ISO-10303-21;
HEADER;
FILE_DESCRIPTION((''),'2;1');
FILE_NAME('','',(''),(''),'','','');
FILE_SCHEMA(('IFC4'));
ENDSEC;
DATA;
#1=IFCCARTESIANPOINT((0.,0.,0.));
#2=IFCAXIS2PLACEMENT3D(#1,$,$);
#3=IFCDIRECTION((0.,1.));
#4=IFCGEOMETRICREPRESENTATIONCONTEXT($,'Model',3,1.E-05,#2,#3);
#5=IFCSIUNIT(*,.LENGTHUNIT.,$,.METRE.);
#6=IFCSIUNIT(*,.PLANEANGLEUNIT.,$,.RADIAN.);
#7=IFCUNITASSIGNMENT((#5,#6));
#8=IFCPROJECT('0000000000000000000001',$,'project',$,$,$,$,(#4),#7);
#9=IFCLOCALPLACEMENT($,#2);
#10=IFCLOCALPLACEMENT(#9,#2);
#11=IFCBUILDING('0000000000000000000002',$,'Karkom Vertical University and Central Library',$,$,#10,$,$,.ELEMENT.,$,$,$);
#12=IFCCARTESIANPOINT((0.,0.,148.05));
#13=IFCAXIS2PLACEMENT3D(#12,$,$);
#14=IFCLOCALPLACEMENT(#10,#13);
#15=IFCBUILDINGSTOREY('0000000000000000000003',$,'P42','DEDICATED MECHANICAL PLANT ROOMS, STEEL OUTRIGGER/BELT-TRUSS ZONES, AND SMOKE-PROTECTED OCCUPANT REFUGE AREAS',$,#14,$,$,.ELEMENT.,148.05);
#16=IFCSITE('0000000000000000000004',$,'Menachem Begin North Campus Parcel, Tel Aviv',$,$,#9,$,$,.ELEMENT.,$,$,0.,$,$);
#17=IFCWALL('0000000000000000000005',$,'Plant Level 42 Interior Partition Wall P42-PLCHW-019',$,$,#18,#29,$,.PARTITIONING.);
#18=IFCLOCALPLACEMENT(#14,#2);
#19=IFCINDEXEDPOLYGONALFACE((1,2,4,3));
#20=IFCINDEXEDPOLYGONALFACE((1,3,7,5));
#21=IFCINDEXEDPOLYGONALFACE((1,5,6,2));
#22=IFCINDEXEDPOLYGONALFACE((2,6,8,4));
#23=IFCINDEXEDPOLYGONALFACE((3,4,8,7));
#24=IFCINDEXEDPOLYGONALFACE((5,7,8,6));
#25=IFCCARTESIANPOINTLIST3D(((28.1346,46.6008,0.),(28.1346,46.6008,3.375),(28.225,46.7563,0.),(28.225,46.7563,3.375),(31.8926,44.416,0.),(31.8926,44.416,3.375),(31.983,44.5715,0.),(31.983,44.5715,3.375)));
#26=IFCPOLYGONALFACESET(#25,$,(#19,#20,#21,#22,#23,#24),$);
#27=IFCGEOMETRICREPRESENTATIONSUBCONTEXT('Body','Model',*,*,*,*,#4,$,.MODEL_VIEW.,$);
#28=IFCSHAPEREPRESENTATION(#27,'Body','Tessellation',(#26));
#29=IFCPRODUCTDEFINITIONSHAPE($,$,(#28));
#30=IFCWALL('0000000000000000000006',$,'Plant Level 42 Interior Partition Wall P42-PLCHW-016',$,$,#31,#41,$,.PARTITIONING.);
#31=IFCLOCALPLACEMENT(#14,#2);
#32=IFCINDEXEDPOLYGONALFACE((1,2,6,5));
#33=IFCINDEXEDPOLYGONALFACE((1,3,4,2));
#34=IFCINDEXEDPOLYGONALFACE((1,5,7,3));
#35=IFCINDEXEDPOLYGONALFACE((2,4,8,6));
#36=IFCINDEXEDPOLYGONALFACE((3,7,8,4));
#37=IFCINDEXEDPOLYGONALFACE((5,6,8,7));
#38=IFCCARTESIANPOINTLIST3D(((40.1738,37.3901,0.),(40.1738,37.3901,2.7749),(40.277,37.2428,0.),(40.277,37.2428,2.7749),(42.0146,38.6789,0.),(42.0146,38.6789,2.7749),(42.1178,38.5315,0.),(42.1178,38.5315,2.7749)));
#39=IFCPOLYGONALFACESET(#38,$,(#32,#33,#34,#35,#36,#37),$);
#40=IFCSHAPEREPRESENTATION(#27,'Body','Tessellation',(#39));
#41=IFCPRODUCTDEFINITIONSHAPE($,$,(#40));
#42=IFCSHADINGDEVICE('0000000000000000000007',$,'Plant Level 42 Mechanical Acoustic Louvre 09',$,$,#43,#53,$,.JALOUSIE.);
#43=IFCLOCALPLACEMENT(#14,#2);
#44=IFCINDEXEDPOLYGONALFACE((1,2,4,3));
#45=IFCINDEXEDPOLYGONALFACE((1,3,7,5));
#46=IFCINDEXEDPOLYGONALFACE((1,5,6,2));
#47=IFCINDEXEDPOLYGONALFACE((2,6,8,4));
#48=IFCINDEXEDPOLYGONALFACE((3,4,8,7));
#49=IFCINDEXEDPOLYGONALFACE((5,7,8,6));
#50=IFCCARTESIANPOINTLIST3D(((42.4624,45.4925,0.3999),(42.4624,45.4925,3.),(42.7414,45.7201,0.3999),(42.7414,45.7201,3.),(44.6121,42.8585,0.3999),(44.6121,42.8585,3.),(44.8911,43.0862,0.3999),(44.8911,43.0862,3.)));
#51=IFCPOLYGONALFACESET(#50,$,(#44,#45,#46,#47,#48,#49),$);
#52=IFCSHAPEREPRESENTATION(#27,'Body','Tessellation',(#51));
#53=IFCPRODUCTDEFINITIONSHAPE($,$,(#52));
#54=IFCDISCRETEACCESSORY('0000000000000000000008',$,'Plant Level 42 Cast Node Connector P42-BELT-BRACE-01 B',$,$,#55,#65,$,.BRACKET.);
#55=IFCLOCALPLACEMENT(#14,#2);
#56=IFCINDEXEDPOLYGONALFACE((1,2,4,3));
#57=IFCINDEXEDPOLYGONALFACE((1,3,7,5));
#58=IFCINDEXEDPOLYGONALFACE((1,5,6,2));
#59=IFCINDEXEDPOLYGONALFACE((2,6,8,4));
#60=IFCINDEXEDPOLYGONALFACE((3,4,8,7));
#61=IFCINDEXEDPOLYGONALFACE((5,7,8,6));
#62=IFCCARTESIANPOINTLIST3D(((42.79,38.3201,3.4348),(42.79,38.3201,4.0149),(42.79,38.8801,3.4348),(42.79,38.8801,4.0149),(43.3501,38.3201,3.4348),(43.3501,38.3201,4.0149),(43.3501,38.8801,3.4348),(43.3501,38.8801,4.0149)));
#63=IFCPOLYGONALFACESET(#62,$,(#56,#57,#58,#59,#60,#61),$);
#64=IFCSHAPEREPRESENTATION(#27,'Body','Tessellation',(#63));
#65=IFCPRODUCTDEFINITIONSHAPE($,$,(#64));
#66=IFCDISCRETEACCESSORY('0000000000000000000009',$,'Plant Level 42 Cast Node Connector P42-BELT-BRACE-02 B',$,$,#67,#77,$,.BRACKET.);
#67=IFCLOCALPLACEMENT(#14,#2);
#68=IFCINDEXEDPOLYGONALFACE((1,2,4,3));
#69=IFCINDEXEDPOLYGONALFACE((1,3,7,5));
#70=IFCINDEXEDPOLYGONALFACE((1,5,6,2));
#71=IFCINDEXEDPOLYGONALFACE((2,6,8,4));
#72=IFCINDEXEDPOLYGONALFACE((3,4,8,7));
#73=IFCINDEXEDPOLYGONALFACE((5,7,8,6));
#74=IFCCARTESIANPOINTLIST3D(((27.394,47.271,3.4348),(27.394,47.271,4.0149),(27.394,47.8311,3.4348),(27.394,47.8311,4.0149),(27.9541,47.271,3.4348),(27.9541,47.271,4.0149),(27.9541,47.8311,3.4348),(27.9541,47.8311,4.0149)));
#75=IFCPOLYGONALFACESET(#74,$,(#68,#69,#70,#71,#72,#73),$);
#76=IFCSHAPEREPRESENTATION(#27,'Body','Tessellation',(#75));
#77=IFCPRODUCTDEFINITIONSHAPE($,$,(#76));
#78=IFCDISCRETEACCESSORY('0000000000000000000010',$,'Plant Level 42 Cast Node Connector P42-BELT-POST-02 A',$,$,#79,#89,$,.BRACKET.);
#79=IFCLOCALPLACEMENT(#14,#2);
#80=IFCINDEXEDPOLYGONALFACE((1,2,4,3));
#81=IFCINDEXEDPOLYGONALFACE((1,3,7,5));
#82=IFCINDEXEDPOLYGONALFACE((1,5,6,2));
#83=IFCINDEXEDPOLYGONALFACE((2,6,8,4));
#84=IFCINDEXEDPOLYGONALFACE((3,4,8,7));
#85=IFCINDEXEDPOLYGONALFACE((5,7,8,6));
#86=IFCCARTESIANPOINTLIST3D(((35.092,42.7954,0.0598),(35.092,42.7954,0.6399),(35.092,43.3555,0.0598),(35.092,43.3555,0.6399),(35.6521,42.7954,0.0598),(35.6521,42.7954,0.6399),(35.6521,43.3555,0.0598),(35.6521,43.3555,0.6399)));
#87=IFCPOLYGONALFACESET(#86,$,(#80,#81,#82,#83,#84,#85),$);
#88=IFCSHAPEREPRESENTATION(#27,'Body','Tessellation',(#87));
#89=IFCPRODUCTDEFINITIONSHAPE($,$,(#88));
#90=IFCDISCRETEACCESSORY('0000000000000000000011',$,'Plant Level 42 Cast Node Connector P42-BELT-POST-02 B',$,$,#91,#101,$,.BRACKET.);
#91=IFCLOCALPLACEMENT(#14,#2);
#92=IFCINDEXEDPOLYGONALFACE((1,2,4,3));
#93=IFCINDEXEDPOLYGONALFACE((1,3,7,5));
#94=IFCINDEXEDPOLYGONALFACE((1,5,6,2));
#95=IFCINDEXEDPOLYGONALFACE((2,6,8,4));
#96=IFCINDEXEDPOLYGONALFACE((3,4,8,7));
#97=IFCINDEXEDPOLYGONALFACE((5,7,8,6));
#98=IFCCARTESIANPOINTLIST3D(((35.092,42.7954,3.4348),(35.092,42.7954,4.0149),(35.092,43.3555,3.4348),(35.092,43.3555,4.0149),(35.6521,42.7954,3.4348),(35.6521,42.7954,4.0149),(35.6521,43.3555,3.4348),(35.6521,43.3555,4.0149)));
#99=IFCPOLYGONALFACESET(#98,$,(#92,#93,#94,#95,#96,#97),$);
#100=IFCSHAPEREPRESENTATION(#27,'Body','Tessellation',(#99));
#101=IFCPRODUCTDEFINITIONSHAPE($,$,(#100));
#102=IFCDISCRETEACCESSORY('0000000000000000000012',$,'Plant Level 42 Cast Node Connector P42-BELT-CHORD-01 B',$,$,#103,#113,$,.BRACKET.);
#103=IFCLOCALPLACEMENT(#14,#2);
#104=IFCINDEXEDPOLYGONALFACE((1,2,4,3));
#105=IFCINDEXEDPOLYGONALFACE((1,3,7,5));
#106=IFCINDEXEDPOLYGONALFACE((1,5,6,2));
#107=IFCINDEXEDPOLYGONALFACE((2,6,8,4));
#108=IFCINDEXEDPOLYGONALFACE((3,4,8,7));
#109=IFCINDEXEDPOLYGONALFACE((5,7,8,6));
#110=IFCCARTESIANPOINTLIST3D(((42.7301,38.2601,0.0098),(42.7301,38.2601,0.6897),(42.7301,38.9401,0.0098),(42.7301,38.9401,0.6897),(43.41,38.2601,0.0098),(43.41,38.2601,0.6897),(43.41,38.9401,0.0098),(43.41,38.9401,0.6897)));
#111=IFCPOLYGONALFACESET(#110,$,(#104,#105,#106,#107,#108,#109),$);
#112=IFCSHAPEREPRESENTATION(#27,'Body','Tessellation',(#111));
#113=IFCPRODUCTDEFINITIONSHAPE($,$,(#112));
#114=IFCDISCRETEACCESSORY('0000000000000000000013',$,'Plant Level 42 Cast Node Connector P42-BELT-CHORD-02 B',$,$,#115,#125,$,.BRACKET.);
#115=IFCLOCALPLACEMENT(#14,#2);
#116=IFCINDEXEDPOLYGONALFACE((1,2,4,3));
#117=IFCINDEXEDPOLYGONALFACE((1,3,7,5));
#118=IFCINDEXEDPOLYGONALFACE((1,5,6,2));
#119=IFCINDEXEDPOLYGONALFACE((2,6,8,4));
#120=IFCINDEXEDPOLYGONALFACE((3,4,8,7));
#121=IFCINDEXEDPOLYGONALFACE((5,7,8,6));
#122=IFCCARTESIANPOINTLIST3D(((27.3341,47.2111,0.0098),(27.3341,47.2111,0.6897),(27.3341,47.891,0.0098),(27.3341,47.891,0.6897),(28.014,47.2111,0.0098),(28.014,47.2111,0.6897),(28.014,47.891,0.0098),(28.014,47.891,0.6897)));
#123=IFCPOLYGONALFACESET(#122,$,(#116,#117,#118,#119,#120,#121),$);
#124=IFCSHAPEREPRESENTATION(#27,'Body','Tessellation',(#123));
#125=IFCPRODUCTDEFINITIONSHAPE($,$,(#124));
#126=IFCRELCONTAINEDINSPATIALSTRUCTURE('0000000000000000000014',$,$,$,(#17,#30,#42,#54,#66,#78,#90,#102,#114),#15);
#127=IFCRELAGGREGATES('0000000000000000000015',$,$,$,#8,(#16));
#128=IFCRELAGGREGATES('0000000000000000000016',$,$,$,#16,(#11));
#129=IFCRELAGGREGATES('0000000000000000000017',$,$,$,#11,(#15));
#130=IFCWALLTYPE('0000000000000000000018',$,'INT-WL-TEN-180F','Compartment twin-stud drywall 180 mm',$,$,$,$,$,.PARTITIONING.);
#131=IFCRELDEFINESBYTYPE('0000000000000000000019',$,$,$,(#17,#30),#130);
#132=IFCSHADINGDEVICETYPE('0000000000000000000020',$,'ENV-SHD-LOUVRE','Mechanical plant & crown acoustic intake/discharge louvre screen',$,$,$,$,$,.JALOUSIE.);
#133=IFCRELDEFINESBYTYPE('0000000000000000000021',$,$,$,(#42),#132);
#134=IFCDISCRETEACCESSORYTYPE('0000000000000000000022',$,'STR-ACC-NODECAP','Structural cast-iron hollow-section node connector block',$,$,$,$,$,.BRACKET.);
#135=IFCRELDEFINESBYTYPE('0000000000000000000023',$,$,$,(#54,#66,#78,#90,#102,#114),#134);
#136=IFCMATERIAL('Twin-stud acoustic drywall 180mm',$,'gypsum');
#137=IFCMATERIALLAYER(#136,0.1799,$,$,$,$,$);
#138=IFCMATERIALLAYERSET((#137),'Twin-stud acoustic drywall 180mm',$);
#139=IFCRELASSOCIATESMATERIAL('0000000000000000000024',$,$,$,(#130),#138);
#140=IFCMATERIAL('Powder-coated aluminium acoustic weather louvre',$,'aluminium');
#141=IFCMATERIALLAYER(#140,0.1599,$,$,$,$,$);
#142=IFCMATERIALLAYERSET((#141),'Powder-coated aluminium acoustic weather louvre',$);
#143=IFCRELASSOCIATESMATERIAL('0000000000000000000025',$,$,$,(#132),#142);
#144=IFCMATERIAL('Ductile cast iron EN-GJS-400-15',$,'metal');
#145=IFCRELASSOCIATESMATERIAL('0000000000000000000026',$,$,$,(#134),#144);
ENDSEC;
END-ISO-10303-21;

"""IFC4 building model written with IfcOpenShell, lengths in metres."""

from ifc_helpers import new_model, si_unit, direction, frame, frame_2d, origin, origin_with_axes, origin_2d, place, context, subcontext, project, spatial, rectangle, extrude, source, transform, mapped, material, layer, layer_set, type_object, element, save


model = new_model("IFC4")

# Units and contexts
model_context = context("Model", 3, precision=1e-05, world=origin(), true_north=direction((0.0, 1.0)))
body_context = subcontext(model_context, "Body", "Model", "MODEL_VIEW")
ifc_project = project(units=[si_unit("LENGTHUNIT", "METRE"), si_unit("PLANEANGLEUNIT", "RADIAN")], contexts=[model_context])

# Site, building, storey
site_placement = place(None, origin())
site = spatial("IfcSite", under=ifc_project, at=site_placement, Name="Menachem Begin North Campus Parcel, Tel Aviv", CompositionType="ELEMENT", RefElevation=0.0)
building_placement = place(site_placement, origin())
building = spatial("IfcBuilding", under=site, at=building_placement, Name="Karkom Vertical University and Central Library", CompositionType="ELEMENT")
storey_placement = place(building_placement, frame((0.0, 0.0, 148.05)))
storey = spatial("IfcBuildingStorey", under=building, at=storey_placement, Name="P42", Description="DEDICATED MECHANICAL PLANT ROOMS, STEEL OUTRIGGER/BELT-TRUSS ZONES, AND SMOKE-PROTECTED OCCUPANT REFUGE AREAS", CompositionType="ELEMENT", Elevation=148.05)

# Walls
ifc_material_1 = material(Name="Twin-stud acoustic drywall 180mm", Category="gypsum")
ifc_layer_1 = layer(ifc_material_1, 0.1799)
ifc_layer_set_1 = layer_set([ifc_layer_1], Name="Twin-stud acoustic drywall 180mm")
wall_type_1 = type_object("IfcWallType", Name="INT-WL-TEN-180F", Description="Compartment twin-stud drywall 180 mm", PredefinedType="PARTITIONING", material=ifc_layer_set_1)
wall_1_placement = place(storey_placement, frame((28.1799, 46.6785, 0.0), z_axis=(0.0, 0.0, 1.0), x_axis=(0.864517, -0.502603, 0.0)))
element("IfcWall", 1, at=wall_1_placement, inside=storey, type_object=wall_type_1, Name="Plant Level 42 Interior Partition Wall P42-PLCHW-019", PredefinedType="PARTITIONING", context=body_context, shape_type="SweptSolid", body=[
    extrude(rectangle(XDim=4.3469, YDim=0.1799, at=frame_2d((2.1733, 0.0))), origin(), (0.0, 0.0, 1.0), 3.375),
])
wall_2_placement = place(storey_placement, frame((42.0662, 38.6052, 0.0), z_axis=(0.0, 0.0, 1.0), x_axis=(-0.819181, -0.573535, 0.0)))
element("IfcWall", 2, at=wall_2_placement, inside=storey, type_object=wall_type_1, Name="Plant Level 42 Interior Partition Wall P42-PLCHW-016", PredefinedType="PARTITIONING", context=body_context, shape_type="SweptSolid", body=[
    extrude(rectangle(XDim=2.2471, YDim=0.1799, at=frame_2d((1.1235, 0.0))), origin(), (0.0, 0.0, 1.0), 2.7749),
])

# Shading device
ifc_material_2 = material(Name="Powder-coated aluminium acoustic weather louvre", Category="aluminium")
ifc_layer_2 = layer(ifc_material_2, 0.1599)
ifc_layer_set_2 = layer_set([ifc_layer_2], Name="Powder-coated aluminium acoustic weather louvre")
shading_device_type = type_object("IfcShadingDeviceType", Name="ENV-SHD-LOUVRE", Description="Mechanical plant & crown acoustic intake/discharge louvre screen", PredefinedType="JALOUSIE", material=ifc_layer_set_2)
shared_shape_1 = source(origin_with_axes(), body_context, "Body", "SweptSolid", [
    extrude(rectangle(XDim=3.3999, YDim=0.3601, at=origin_2d()), origin(), (0.0, 0.0, 1.0), 2.6001),
])
shading_device_placement = place(storey_placement, frame((43.6768, 44.2893, 0.3999), z_axis=(0.0, 0.0, 1.0), x_axis=(-0.6323, 0.774724, 0.0)))
element("IfcShadingDevice", 3, at=shading_device_placement, inside=storey, type_object=shading_device_type, Name="Plant Level 42 Mechanical Acoustic Louvre 09", PredefinedType="JALOUSIE", context=body_context, shape_type="MappedRepresentation", body=[
    mapped(shared_shape_1, transform((0.0, 0.0, 0.0), scale=1.0)),
])

# Discrete accessories
ifc_material_3 = material(Name="Ductile cast iron EN-GJS-400-15", Category="metal")
discrete_accessory_type = type_object("IfcDiscreteAccessoryType", Name="STR-ACC-NODECAP", Description="Structural cast-iron hollow-section node connector block", PredefinedType="BRACKET", material=ifc_material_3)
shared_shape_2 = source(origin_with_axes(), body_context, "Body", "SweptSolid", [
    extrude(rectangle(XDim=0.5601, YDim=0.5601, at=origin_2d()), origin(), (0.0, 0.0, 1.0), 0.5801),
])
for number, where, z_axis, x_axis, name in (
    (4, (43.0701, 38.6001, 3.4348), (0.0, 0.0, 1.0), (1.0, 0.0, 0.0), "Plant Level 42 Cast Node Connector P42-BELT-BRACE-01 B"),
    (5, (27.6741, 47.551, 3.4348), (0.0, 0.0, 1.0), (1.0, 0.0, 0.0), "Plant Level 42 Cast Node Connector P42-BELT-BRACE-02 B"),
    (6, (35.3721, 43.0754, 0.0598), (0.0, 0.0, 1.0), (1.0, 0.0, 0.0), "Plant Level 42 Cast Node Connector P42-BELT-POST-02 A"),
    (7, (35.3721, 43.0754, 3.4348), (0.0, 0.0, 1.0), (1.0, 0.0, 0.0), "Plant Level 42 Cast Node Connector P42-BELT-POST-02 B"),
):
    element("IfcDiscreteAccessory", number, at=place(storey_placement, frame(where, z_axis=z_axis, x_axis=x_axis)), inside=storey, type_object=discrete_accessory_type, Name=name, PredefinedType="BRACKET", context=body_context, shape_type="MappedRepresentation", body=[
        mapped(shared_shape_2, transform((0.0, 0.0, 0.0), scale=1.0)),
    ])
shared_shape_3 = source(origin_with_axes(), body_context, "Body", "SweptSolid", [
    extrude(rectangle(XDim=0.6799, YDim=0.6799, at=origin_2d()), origin(), (0.0, 0.0, 1.0), 0.6799),
])
for number, where, z_axis, x_axis, name in (
    (8, (43.0701, 38.6001, 0.0098), (0.0, 0.0, 1.0), (1.0, 0.0, 0.0), "Plant Level 42 Cast Node Connector P42-BELT-CHORD-01 B"),
    (9, (27.6741, 47.551, 0.0098), (0.0, 0.0, 1.0), (1.0, 0.0, 0.0), "Plant Level 42 Cast Node Connector P42-BELT-CHORD-02 B"),
):
    element("IfcDiscreteAccessory", number, at=place(storey_placement, frame(where, z_axis=z_axis, x_axis=x_axis)), inside=storey, type_object=discrete_accessory_type, Name=name, PredefinedType="BRACKET", context=body_context, shape_type="MappedRepresentation", body=[
        mapped(shared_shape_3, transform((0.0, 0.0, 0.0), scale=1.0)),
    ])

save(model, "model.ifc")
